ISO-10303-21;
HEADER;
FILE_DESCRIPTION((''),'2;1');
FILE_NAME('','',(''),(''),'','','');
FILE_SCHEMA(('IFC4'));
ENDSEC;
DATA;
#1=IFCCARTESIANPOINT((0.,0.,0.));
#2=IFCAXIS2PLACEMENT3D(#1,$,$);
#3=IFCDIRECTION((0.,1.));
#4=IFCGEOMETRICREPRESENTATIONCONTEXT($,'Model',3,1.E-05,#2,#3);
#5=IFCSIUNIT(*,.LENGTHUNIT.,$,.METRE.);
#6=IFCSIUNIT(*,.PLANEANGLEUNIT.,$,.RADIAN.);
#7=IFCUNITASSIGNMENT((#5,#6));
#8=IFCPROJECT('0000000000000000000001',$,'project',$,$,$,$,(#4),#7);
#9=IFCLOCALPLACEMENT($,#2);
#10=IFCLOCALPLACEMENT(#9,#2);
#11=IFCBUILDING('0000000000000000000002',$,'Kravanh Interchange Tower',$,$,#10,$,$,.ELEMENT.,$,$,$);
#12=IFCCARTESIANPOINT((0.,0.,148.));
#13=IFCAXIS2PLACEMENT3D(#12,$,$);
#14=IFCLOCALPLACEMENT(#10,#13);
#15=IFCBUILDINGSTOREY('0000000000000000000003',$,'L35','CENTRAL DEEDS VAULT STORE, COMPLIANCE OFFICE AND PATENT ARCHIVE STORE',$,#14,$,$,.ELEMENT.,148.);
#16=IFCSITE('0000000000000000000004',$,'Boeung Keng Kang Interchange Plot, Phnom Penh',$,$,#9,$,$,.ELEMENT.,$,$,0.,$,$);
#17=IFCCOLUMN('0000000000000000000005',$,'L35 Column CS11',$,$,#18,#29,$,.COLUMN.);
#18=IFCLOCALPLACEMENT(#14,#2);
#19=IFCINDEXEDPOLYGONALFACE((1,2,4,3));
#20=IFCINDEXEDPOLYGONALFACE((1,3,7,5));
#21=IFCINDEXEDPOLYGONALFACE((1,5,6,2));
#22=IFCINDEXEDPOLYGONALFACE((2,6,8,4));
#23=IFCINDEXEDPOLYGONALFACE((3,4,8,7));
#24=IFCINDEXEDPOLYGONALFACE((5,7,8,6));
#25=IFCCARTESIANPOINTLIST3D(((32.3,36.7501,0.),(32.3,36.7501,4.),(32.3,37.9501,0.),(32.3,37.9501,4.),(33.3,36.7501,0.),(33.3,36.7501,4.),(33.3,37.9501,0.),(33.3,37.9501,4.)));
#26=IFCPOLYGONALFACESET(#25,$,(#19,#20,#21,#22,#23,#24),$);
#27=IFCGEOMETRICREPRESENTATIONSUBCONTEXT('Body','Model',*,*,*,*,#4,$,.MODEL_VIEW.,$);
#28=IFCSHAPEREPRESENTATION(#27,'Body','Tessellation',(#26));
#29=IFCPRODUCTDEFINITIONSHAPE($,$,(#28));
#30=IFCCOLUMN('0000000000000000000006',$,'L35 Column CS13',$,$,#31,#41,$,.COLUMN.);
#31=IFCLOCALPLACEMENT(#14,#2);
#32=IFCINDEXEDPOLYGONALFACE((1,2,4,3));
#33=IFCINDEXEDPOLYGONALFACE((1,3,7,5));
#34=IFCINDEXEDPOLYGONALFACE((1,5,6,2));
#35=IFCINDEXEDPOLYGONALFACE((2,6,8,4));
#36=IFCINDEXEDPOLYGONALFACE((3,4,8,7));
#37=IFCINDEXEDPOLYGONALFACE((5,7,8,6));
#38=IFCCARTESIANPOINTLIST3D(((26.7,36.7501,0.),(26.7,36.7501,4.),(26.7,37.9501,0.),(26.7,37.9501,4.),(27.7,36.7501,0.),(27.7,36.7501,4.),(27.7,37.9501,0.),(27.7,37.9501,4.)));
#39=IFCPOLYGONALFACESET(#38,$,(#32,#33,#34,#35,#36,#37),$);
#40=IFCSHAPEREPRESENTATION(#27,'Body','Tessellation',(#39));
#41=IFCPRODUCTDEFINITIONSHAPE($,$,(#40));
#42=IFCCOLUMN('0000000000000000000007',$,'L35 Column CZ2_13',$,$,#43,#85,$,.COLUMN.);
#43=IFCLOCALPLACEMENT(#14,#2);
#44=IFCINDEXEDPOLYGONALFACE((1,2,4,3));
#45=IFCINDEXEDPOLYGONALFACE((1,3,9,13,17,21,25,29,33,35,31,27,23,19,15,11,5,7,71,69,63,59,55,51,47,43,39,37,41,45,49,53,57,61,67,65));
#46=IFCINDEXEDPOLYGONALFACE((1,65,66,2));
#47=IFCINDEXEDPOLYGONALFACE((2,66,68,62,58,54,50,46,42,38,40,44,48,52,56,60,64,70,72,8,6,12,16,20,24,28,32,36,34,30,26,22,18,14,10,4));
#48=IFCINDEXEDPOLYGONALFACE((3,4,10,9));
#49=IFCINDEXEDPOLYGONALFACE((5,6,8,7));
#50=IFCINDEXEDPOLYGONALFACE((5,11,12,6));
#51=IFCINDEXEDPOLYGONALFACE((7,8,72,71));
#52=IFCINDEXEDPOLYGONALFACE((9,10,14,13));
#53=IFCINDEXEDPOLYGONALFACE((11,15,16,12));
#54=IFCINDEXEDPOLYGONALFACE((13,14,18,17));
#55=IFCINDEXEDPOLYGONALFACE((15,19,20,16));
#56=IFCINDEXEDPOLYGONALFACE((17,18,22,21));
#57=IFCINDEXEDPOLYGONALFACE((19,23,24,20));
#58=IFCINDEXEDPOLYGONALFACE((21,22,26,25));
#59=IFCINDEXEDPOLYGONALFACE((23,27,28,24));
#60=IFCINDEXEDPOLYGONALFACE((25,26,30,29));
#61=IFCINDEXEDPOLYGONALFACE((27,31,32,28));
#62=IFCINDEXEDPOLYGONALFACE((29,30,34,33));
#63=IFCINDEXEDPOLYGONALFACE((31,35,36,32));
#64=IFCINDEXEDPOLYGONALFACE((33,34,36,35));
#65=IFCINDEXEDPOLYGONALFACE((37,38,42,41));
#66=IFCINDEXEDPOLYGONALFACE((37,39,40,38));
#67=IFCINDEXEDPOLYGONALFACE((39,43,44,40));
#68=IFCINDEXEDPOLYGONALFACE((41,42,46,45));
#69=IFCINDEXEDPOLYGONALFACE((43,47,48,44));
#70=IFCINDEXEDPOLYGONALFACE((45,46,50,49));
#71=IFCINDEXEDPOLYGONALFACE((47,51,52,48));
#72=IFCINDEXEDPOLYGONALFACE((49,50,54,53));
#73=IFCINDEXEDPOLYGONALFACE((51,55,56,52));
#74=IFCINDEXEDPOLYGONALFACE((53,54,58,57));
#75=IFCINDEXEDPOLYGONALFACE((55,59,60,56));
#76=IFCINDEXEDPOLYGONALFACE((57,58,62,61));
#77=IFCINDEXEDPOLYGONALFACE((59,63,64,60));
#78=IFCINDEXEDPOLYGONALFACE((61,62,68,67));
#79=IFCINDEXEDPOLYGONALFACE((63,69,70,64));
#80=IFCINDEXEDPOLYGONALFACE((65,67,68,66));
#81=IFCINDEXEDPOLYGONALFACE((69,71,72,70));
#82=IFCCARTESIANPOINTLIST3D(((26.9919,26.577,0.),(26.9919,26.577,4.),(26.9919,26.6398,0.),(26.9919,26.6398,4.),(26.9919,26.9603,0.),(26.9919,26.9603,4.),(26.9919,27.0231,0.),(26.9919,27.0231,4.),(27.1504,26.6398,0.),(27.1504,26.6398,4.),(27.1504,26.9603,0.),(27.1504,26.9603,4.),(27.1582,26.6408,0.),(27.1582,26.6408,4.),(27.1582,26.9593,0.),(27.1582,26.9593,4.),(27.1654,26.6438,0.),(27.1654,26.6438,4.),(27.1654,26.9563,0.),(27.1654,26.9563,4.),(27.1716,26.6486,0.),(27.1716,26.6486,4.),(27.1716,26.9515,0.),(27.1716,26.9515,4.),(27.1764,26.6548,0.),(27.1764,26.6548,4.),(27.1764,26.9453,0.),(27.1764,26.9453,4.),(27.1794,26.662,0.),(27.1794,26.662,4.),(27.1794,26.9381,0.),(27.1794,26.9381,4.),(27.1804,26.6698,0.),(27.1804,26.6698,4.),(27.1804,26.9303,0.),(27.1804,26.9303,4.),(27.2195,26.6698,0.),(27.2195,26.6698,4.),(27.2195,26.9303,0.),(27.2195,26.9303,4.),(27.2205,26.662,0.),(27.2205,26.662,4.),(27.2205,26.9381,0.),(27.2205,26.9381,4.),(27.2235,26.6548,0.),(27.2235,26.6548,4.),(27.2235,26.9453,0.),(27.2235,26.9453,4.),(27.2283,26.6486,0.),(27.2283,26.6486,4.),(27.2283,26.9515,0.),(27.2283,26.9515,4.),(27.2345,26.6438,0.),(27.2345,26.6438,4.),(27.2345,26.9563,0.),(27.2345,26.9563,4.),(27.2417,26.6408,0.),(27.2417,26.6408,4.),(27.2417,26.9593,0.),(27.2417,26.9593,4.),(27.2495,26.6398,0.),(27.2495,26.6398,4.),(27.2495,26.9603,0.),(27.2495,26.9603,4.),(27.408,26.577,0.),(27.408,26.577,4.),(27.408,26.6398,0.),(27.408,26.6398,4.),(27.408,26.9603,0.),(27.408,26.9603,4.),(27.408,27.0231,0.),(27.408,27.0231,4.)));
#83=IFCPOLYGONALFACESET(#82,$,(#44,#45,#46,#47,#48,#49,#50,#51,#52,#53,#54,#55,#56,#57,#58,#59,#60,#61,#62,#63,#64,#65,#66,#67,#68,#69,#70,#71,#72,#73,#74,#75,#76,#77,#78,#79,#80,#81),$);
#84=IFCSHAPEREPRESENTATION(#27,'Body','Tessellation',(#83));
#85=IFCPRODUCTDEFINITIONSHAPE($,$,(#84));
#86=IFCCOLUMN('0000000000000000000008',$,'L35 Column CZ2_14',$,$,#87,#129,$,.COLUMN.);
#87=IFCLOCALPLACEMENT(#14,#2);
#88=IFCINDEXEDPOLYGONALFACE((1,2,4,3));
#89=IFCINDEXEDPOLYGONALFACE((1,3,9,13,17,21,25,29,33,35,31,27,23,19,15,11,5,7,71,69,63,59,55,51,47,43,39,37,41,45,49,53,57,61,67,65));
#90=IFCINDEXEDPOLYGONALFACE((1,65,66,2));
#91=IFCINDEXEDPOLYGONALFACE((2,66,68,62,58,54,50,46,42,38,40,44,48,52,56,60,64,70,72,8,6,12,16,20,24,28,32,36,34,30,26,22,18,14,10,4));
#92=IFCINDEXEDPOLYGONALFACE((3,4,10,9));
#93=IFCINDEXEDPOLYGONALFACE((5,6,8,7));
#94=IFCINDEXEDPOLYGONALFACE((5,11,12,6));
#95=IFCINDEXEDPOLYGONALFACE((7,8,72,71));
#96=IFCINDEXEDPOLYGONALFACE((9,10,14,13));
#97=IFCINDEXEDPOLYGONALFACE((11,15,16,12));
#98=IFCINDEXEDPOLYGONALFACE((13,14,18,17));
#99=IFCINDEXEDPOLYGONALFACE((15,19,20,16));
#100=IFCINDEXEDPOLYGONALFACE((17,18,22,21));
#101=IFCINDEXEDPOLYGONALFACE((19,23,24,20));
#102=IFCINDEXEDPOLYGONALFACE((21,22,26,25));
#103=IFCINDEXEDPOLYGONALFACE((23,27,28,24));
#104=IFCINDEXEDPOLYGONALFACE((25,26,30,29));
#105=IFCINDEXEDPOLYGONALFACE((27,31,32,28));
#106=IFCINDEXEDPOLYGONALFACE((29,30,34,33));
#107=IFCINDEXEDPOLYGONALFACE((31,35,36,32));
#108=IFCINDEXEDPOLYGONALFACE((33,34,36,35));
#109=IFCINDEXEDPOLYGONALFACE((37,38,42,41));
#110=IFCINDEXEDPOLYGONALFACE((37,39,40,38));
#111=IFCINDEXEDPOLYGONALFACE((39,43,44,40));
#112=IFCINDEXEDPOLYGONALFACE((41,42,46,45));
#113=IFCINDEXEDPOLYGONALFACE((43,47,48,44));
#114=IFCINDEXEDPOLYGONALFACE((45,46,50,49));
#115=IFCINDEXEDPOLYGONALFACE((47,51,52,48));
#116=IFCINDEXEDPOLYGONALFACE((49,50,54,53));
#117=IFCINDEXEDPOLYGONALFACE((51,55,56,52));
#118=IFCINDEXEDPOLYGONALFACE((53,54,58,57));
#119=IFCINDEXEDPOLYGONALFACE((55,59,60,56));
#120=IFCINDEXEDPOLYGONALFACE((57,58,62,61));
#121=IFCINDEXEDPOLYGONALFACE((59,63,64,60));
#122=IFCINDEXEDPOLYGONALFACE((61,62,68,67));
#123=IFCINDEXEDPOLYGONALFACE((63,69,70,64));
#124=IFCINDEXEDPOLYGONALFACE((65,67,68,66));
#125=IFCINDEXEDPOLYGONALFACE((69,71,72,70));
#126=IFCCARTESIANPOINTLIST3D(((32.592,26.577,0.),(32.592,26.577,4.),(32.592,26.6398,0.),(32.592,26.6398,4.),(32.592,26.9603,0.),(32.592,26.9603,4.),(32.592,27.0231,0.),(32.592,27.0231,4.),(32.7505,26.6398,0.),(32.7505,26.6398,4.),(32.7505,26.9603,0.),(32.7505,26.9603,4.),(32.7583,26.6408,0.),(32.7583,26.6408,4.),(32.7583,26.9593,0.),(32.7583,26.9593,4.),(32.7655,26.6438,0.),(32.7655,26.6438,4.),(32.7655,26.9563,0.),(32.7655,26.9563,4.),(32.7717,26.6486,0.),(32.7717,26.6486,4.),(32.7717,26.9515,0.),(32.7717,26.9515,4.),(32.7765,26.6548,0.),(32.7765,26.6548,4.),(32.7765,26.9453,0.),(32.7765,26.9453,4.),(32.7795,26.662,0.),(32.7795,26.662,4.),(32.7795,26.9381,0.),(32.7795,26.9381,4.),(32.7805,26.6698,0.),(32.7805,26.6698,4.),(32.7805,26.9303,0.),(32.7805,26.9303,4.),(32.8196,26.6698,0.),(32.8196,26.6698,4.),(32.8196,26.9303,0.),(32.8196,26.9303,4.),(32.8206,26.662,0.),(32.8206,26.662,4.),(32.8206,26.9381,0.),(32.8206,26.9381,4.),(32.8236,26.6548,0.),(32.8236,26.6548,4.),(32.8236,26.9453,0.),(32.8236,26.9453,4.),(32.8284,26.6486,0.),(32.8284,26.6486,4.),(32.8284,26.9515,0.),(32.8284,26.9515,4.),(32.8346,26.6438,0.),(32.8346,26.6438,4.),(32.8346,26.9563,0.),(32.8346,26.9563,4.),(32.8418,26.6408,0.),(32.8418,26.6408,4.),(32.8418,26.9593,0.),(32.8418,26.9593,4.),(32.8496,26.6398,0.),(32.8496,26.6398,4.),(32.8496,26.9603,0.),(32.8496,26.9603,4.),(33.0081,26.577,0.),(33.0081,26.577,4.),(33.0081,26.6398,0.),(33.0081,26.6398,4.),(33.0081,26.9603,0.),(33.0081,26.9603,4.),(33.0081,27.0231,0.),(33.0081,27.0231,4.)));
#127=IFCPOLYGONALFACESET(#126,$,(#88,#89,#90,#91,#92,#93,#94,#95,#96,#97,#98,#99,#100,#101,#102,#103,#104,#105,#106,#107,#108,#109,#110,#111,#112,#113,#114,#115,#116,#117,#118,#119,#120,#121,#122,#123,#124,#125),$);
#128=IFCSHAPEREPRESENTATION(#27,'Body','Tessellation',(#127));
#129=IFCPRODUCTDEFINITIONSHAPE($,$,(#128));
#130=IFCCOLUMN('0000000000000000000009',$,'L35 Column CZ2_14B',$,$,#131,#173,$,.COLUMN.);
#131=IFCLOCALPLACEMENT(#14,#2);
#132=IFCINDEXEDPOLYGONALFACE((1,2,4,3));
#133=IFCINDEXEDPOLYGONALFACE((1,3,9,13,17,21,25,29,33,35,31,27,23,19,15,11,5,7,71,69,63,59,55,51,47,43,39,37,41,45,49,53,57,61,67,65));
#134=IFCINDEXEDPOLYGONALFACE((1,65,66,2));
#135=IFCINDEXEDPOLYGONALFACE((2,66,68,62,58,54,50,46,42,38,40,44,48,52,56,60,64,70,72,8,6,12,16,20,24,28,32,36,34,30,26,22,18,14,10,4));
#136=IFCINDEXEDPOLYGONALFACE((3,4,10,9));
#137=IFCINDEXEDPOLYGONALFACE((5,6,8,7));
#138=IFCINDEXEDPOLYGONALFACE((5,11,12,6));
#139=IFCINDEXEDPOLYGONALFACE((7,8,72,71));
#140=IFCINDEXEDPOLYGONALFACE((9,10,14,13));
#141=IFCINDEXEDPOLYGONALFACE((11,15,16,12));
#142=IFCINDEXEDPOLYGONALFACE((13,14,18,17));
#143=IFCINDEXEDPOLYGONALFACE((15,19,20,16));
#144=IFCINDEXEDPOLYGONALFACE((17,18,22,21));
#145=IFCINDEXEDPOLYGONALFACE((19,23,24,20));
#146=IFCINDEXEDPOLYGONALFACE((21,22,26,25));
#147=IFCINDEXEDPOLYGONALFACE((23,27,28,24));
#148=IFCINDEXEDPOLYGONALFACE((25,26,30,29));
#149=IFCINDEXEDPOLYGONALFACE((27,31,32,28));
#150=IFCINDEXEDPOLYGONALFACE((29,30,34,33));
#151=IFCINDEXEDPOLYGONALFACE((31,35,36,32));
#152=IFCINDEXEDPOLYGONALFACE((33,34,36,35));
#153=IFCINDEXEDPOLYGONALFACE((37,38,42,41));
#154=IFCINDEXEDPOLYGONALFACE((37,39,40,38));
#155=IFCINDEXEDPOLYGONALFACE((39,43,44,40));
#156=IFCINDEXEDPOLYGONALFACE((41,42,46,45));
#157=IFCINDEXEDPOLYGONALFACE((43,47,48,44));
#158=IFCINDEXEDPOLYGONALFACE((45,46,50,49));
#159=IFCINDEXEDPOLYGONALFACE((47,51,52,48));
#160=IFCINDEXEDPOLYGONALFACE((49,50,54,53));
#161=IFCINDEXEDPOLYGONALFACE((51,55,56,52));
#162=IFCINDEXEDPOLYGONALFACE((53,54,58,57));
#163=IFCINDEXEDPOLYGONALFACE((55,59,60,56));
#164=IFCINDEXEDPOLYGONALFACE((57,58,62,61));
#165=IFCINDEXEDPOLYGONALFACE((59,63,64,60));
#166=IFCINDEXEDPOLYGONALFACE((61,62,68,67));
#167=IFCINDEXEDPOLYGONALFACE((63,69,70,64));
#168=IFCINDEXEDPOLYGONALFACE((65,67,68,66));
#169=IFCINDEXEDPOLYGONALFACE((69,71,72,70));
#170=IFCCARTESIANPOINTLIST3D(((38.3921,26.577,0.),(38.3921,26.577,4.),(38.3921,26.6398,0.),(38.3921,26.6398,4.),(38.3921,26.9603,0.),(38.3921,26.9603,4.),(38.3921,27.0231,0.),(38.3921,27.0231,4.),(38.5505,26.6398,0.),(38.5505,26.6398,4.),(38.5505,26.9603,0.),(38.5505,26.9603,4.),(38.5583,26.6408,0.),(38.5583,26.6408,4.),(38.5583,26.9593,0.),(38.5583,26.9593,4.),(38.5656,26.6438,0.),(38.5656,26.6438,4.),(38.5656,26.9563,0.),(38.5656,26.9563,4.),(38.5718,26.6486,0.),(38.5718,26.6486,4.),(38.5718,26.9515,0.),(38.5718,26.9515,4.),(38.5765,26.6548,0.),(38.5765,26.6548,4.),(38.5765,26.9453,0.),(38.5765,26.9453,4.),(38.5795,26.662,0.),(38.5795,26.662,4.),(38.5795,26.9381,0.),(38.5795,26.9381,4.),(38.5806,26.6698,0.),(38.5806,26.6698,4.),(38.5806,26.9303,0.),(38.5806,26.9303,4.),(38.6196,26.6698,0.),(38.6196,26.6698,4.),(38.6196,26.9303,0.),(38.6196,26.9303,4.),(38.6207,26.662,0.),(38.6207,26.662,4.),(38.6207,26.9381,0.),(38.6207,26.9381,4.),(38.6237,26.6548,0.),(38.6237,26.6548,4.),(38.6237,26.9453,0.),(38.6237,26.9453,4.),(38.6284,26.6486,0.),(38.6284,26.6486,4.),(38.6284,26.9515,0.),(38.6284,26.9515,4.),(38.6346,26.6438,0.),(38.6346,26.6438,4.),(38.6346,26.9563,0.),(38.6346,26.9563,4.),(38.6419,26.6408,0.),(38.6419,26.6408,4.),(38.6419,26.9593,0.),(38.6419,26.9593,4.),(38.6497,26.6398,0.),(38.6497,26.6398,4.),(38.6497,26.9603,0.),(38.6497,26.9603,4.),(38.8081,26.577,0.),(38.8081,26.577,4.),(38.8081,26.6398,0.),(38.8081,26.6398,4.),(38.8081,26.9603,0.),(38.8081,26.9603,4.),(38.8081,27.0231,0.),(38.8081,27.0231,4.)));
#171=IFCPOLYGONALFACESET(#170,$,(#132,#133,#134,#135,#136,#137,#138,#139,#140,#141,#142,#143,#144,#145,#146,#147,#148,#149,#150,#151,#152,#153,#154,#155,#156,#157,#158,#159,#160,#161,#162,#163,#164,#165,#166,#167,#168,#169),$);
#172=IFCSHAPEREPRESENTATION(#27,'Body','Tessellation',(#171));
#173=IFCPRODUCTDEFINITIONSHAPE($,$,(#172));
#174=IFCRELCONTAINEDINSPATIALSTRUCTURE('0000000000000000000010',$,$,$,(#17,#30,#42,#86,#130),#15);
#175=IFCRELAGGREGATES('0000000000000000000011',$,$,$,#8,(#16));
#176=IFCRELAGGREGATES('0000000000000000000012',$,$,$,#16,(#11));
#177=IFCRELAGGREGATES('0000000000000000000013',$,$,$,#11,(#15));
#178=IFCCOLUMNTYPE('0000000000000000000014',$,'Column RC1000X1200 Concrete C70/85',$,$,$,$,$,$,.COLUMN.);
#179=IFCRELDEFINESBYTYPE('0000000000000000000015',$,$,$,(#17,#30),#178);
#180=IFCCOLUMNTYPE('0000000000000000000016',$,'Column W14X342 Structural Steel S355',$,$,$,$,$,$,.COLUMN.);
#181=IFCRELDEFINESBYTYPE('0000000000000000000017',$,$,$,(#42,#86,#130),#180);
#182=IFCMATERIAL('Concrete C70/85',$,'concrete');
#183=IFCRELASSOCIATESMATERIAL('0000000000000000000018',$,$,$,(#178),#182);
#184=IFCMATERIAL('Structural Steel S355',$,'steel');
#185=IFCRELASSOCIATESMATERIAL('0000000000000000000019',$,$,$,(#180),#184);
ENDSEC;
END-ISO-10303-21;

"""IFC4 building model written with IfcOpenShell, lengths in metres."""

from ifc_helpers import new_model, si_unit, direction, frame, origin, origin_2d, place, context, subcontext, project, spatial, rectangle, i_section, extrude, material, material_profile, profile_set, type_object, element, save


model = new_model("IFC4")

# Units and contexts
model_context = context("Model", 3, precision=1e-05, world=origin(), true_north=direction((0.0, 1.0)))
body_context = subcontext(model_context, "Body", "Model", "MODEL_VIEW")
ifc_project = project(units=[si_unit("LENGTHUNIT", "METRE"), si_unit("PLANEANGLEUNIT", "RADIAN")], contexts=[model_context])

# Site, building, storey
site_placement = place(None, origin())
site = spatial("IfcSite", under=ifc_project, at=site_placement, Name="Boeung Keng Kang Interchange Plot, Phnom Penh", CompositionType="ELEMENT", RefElevation=0.0)
building_placement = place(site_placement, origin())
building = spatial("IfcBuilding", under=site, at=building_placement, Name="Kravanh Interchange Tower", CompositionType="ELEMENT")
storey_placement = place(building_placement, frame((0.0, 0.0, 148.0)))
storey = spatial("IfcBuildingStorey", under=building, at=storey_placement, Name="L35", Description="CENTRAL DEEDS VAULT STORE, COMPLIANCE OFFICE AND PATENT ARCHIVE STORE", CompositionType="ELEMENT", Elevation=148.0)

# Columns
ifc_material_1 = material(Name="Concrete C70/85", Category="concrete")
ifc_material_profile_1 = material_profile(ifc_material_1, rectangle(XDim=1.0, YDim=1.2, at=origin_2d()), Name="RC1000X1200")
ifc_profile_set_1 = profile_set([ifc_material_profile_1], Name="Concrete C70/85")
column_type_1 = type_object("IfcColumnType", Name="Column RC1000X1200 Concrete C70/85", PredefinedType="COLUMN", material=ifc_profile_set_1)
for number, where, z_axis, x_axis, name in (
    (1, (32.8, 37.3501, 0.0), (0.0, 0.0, 1.0), (1.0, 0.0, 0.0), "L35 Column CS11"),
    (2, (27.2, 37.3501, 0.0), (0.0, 0.0, 1.0), (1.0, 0.0, 0.0), "L35 Column CS13"),
):
    element("IfcColumn", number, at=place(storey_placement, frame(where, z_axis=z_axis, x_axis=x_axis)), inside=storey, type_object=column_type_1, Name=name, PredefinedType="COLUMN", context=body_context, shape_type="SweptSolid", body=[
        extrude(rectangle(XDim=1.0, YDim=1.2, at=origin_2d()), origin(), (0.0, 0.0, 1.0), 4.0),
    ])
ifc_material_2 = material(Name="Structural Steel S355", Category="steel")
ifc_material_profile_2 = material_profile(ifc_material_2, i_section(OverallWidth=0.416, OverallDepth=0.446, WebThickness=0.0391, FlangeThickness=0.0627, FilletRadius=0.03, at=origin_2d()), Name="W14X342")
ifc_profile_set_2 = profile_set([ifc_material_profile_2], Name="Structural Steel S355")
column_type_2 = type_object("IfcColumnType", Name="Column W14X342 Structural Steel S355", PredefinedType="COLUMN", material=ifc_profile_set_2)
for number, where, z_axis, x_axis, name in (
    (3, (27.2, 26.8, 0.0), (0.0, 0.0, 1.0), (1.0, 0.0, 0.0), "L35 Column CZ2_13"),
    (4, (32.8, 26.8, 0.0), (0.0, 0.0, 1.0), (1.0, 0.0, 0.0), "L35 Column CZ2_14"),
    (5, (38.6001, 26.8, 0.0), (0.0, 0.0, 1.0), (1.0, 0.0, 0.0), "L35 Column CZ2_14B"),
):
    element("IfcColumn", number, at=place(storey_placement, frame(where, z_axis=z_axis, x_axis=x_axis)), inside=storey, type_object=column_type_2, Name=name, PredefinedType="COLUMN", context=body_context, shape_type="SweptSolid", body=[
        extrude(i_section(OverallWidth=0.416, OverallDepth=0.446, WebThickness=0.0391, FlangeThickness=0.0627, FilletRadius=0.03, at=origin_2d()), origin(), (0.0, 0.0, 1.0), 4.0),
    ])

save(model, "model.ifc")
